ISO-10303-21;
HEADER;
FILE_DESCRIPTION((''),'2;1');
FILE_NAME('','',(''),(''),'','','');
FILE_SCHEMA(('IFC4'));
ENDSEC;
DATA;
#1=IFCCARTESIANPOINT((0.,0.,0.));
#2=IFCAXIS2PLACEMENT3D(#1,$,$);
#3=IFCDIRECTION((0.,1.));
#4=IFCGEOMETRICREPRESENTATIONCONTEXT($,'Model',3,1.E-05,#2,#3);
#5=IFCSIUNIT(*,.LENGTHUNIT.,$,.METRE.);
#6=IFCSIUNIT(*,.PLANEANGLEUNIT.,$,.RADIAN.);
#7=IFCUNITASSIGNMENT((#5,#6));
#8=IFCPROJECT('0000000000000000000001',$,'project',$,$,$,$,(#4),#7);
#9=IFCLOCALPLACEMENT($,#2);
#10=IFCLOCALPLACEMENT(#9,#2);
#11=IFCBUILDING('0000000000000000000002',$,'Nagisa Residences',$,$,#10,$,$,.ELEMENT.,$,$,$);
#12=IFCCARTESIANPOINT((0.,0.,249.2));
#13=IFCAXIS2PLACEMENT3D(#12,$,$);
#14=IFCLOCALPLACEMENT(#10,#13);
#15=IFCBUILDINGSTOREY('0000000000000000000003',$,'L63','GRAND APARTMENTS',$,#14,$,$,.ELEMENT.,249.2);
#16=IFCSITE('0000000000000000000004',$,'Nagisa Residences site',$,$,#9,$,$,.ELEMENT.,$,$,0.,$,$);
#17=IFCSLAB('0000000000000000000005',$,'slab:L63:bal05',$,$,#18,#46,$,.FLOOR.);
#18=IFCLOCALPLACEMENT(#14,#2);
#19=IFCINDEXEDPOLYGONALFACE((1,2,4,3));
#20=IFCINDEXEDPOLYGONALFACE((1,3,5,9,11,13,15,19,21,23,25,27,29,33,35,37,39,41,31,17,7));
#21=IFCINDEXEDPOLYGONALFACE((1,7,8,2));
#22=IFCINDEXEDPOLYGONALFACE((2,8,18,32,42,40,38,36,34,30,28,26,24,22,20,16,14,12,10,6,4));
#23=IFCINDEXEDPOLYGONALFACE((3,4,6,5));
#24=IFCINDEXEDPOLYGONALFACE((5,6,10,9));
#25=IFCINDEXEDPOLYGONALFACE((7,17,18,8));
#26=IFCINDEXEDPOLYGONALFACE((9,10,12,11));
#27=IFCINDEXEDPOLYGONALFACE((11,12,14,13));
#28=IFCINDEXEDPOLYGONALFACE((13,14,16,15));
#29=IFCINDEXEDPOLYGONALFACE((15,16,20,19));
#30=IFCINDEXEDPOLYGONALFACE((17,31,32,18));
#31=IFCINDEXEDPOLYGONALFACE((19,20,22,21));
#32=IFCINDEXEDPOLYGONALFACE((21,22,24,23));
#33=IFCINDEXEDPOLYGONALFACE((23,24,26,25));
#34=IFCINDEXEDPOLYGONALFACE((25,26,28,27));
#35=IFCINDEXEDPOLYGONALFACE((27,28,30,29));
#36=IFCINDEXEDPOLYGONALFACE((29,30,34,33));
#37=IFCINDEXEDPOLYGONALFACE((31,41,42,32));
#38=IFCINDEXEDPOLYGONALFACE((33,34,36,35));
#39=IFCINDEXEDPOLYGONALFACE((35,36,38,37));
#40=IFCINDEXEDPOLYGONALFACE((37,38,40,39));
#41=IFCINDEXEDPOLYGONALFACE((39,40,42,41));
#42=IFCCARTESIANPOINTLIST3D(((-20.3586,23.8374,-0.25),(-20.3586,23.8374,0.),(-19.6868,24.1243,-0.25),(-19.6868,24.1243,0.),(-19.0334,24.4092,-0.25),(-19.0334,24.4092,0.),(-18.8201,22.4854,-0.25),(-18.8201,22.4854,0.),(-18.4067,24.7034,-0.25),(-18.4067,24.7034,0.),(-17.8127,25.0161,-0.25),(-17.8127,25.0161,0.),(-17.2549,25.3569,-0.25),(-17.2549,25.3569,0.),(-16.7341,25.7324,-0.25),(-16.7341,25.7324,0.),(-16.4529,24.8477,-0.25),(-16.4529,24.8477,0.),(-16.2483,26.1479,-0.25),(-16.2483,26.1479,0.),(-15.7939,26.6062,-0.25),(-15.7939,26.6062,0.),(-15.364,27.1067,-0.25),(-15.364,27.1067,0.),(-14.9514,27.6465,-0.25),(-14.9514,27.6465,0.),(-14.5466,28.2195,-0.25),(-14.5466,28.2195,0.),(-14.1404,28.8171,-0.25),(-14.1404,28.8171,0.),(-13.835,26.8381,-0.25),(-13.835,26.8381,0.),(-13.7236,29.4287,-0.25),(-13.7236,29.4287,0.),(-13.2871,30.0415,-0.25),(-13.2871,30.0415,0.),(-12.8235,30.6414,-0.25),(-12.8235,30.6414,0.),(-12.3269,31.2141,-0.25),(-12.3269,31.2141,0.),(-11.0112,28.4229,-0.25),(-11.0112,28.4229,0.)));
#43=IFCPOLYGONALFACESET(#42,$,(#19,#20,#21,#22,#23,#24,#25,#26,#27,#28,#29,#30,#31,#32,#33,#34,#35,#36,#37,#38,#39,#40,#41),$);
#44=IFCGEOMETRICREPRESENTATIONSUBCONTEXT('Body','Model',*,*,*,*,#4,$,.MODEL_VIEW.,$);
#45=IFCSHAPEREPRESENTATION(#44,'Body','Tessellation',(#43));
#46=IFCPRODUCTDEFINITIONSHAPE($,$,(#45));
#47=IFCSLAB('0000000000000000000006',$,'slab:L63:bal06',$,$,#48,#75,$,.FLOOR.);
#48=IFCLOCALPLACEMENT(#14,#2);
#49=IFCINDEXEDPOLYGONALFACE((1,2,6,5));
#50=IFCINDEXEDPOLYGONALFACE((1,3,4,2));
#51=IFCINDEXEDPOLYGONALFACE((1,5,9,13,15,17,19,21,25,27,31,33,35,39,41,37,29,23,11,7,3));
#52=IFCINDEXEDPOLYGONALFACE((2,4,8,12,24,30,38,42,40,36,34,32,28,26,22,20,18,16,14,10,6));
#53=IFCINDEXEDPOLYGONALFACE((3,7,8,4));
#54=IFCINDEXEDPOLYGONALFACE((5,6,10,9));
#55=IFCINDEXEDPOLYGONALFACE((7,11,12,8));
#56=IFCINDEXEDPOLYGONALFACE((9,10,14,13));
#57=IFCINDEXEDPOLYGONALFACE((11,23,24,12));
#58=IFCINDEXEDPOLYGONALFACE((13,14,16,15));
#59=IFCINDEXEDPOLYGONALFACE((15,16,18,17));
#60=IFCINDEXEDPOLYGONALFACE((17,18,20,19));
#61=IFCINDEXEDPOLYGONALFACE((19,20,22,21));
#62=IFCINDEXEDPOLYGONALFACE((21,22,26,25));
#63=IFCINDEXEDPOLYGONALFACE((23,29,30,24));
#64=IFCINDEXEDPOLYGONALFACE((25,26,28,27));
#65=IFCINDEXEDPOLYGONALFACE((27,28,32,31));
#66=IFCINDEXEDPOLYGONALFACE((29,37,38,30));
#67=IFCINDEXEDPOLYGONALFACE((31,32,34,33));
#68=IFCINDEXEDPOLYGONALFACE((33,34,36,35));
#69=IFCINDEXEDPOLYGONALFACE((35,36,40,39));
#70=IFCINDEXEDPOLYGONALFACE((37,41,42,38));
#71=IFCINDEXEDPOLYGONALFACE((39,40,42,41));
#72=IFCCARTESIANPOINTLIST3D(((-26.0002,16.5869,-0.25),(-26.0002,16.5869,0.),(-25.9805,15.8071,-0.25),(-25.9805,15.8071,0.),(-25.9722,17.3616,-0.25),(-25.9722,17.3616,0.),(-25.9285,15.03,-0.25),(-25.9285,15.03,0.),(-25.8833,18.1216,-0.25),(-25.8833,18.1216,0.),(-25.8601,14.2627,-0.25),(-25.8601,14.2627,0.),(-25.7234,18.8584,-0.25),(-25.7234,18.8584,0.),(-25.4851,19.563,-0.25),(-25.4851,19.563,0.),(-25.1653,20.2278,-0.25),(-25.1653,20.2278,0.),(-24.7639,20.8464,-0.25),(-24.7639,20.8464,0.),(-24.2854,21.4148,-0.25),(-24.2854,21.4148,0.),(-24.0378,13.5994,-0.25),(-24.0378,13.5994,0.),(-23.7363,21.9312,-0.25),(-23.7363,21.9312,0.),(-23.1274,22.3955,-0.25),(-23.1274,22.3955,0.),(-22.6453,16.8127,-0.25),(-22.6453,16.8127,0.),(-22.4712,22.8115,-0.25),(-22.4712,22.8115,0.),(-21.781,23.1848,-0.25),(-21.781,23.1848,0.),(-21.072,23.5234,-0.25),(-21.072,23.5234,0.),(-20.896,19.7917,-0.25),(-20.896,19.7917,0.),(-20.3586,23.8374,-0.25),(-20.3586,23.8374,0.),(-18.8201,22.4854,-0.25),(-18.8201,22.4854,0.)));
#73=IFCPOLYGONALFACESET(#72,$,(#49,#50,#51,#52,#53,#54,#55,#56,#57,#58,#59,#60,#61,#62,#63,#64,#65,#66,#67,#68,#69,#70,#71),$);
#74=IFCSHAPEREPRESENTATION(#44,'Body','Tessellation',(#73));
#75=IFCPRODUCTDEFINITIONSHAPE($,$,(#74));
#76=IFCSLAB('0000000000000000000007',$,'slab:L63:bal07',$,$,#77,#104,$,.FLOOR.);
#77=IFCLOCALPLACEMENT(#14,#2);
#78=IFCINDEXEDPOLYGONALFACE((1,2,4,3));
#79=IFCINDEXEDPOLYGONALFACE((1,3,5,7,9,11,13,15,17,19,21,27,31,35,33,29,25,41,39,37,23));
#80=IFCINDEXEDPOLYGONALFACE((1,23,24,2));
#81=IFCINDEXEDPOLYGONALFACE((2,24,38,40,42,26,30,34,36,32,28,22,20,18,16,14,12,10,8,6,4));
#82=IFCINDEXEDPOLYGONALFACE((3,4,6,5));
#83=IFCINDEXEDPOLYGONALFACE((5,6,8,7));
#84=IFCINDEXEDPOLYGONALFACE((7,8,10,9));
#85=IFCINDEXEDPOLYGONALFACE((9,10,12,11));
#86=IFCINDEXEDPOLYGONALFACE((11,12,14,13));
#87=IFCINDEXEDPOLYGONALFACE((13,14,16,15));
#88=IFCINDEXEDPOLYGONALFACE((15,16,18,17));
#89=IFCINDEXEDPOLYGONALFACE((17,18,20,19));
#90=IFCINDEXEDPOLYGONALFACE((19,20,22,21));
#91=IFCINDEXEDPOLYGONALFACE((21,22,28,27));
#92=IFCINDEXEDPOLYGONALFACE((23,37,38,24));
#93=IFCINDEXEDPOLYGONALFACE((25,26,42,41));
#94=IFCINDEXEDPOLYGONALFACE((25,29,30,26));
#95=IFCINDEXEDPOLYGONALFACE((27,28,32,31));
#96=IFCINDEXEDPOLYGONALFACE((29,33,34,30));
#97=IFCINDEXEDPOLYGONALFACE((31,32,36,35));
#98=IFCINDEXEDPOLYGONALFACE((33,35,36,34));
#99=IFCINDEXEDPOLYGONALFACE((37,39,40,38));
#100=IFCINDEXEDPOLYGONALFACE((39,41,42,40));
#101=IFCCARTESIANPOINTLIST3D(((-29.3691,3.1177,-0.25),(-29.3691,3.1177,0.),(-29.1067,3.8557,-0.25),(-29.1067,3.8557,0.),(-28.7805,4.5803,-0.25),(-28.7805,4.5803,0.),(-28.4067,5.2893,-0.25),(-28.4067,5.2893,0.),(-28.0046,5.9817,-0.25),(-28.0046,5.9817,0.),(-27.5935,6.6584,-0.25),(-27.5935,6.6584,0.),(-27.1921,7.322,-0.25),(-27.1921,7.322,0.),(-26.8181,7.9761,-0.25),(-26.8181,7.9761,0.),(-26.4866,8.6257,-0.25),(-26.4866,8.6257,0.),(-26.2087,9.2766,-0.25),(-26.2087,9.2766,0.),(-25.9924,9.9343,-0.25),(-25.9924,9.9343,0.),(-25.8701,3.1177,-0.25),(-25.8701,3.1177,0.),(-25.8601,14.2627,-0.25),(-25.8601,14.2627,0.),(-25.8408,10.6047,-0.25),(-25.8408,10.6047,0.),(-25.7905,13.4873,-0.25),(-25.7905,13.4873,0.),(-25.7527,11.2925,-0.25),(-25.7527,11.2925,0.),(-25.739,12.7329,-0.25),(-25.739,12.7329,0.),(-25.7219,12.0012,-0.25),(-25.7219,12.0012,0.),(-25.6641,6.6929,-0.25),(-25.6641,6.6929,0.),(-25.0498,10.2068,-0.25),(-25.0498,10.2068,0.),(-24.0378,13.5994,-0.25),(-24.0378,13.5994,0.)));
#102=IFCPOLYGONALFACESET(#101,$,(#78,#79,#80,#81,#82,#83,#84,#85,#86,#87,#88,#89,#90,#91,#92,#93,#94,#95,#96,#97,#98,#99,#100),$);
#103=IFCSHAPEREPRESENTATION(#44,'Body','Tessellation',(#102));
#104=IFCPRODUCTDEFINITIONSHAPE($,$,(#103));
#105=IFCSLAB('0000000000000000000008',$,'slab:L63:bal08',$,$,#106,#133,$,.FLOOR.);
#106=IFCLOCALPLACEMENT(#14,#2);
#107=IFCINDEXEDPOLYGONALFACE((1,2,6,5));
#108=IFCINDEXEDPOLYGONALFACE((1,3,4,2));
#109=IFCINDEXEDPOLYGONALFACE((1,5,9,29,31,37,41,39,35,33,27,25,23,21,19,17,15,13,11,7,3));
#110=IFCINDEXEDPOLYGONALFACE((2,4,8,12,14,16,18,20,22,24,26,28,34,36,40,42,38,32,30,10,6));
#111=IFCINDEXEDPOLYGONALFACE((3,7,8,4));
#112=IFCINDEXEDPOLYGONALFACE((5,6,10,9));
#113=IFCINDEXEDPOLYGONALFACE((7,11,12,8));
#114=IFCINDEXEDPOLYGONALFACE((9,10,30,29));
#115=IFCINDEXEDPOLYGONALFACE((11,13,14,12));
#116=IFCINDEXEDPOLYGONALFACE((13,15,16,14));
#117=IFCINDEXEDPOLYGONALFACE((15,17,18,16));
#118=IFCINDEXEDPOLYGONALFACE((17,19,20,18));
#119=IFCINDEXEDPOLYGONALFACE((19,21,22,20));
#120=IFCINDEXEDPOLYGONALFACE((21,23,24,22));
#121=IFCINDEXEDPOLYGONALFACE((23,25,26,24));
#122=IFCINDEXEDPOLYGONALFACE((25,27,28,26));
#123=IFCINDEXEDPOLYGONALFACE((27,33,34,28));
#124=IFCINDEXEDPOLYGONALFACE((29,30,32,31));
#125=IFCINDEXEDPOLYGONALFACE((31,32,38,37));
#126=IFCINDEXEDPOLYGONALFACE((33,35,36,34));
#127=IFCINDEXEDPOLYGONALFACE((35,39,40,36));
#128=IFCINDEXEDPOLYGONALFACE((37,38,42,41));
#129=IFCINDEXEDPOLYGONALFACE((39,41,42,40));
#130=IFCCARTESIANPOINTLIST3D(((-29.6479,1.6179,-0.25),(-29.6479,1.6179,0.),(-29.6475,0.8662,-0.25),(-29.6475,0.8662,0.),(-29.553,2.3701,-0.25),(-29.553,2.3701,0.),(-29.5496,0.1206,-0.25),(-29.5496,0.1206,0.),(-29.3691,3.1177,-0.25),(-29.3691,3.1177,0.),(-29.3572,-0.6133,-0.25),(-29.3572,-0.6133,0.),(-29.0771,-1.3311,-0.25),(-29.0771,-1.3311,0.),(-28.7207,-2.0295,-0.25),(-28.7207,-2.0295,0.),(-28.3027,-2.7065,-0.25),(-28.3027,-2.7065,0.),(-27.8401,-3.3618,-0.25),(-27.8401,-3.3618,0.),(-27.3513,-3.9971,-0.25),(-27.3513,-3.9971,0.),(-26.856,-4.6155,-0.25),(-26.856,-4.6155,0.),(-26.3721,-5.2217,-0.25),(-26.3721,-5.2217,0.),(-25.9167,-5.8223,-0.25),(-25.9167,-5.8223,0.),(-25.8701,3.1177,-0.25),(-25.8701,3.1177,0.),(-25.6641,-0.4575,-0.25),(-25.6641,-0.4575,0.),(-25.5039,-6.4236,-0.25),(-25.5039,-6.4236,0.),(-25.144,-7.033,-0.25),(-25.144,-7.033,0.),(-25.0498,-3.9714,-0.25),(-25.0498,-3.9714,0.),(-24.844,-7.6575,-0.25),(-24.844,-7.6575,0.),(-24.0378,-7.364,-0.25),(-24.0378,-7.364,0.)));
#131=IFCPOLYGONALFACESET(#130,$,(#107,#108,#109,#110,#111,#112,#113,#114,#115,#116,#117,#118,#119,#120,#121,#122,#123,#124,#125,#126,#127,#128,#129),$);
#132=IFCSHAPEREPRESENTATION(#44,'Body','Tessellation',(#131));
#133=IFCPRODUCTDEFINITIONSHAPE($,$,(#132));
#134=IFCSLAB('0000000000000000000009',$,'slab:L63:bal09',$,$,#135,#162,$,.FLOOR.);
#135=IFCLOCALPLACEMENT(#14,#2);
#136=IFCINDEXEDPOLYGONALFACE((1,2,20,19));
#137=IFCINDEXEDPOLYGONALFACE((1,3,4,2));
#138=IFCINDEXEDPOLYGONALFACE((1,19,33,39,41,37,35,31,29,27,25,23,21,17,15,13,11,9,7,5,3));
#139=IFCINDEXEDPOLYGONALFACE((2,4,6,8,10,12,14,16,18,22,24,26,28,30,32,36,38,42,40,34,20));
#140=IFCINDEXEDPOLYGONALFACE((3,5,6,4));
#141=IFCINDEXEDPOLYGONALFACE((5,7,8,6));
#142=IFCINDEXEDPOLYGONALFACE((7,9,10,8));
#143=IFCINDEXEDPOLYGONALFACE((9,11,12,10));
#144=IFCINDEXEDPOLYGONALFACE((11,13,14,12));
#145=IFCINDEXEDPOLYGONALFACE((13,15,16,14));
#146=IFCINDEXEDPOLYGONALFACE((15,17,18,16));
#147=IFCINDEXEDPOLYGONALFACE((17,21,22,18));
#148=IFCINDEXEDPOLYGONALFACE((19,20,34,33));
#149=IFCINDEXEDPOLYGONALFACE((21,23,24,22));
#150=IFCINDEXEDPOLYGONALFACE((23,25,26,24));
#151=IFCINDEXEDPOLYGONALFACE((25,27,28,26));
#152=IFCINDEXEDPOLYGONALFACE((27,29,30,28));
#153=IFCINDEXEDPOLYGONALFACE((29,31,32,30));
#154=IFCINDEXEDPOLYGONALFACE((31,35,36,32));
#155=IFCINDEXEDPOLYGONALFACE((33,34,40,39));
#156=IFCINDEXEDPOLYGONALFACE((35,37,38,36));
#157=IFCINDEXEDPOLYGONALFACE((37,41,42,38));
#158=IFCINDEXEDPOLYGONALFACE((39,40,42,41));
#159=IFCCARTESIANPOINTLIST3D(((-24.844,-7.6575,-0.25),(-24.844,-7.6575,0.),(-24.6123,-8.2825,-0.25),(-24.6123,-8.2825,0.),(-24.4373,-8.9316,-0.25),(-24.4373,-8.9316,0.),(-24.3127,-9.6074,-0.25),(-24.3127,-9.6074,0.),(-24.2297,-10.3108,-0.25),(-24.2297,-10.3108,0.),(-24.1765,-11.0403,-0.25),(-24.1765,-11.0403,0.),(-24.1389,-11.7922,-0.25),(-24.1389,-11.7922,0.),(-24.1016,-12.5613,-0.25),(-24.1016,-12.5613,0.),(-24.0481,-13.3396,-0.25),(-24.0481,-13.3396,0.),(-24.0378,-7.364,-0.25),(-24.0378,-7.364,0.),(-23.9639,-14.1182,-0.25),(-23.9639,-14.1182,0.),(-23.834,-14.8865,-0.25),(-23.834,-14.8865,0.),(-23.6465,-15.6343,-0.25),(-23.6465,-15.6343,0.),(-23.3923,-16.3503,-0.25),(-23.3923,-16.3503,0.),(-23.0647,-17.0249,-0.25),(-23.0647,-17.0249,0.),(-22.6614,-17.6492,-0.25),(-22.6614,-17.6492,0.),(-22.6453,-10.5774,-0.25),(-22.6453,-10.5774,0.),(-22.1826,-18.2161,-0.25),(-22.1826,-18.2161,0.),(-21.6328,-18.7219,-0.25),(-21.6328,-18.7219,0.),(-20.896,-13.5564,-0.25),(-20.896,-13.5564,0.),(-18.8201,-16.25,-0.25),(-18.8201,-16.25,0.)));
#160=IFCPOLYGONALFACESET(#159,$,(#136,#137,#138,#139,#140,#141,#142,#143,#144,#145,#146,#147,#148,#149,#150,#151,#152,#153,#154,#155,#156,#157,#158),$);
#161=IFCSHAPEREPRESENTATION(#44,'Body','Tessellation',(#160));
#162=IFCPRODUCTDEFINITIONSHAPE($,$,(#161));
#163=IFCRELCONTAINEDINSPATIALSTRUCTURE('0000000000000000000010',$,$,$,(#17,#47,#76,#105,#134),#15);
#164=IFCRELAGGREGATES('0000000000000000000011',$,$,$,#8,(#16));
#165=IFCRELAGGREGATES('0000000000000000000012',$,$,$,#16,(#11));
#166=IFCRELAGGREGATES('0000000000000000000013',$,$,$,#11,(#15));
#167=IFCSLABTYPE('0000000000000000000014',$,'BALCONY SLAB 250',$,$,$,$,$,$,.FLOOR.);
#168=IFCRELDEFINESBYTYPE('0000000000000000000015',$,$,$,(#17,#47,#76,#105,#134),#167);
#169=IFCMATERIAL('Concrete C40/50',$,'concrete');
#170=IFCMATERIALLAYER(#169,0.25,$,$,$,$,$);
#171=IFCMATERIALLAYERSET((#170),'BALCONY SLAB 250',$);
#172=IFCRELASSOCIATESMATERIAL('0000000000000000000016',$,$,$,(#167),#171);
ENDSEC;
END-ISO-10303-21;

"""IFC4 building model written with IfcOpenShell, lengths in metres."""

from ifc_helpers import new_model, si_unit, direction, frame, origin, place, context, subcontext, project, spatial, polyline, outline, extrude, material, layer, layer_set, type_object, element, save


model = new_model("IFC4")

# Units and contexts
model_context = context("Model", 3, precision=1e-05, world=origin(), true_north=direction((0.0, 1.0)))
body_context = subcontext(model_context, "Body", "Model", "MODEL_VIEW")
ifc_project = project(units=[si_unit("LENGTHUNIT", "METRE"), si_unit("PLANEANGLEUNIT", "RADIAN")], contexts=[model_context])

# Site, building, storey
site_placement = place(None, origin())
site = spatial("IfcSite", under=ifc_project, at=site_placement, Name="Nagisa Residences site", CompositionType="ELEMENT", RefElevation=0.0)
building_placement = place(site_placement, origin())
building = spatial("IfcBuilding", under=site, at=building_placement, Name="Nagisa Residences", CompositionType="ELEMENT")
storey_placement = place(building_placement, frame((0.0, 0.0, 249.2)))
storey = spatial("IfcBuildingStorey", under=building, at=storey_placement, Name="L63", Description="GRAND APARTMENTS", CompositionType="ELEMENT", Elevation=249.2)

# Slabs
ifc_material = material(Name="Concrete C40/50", Category="concrete")
ifc_layer = layer(ifc_material, 0.25)
ifc_layer_set = layer_set([ifc_layer], Name="BALCONY SLAB 250")
slab_type = type_object("IfcSlabType", Name="BALCONY SLAB 250", PredefinedType="FLOOR", material=ifc_layer_set)
slab_1_placement = place(storey_placement, frame((0.0, 0.0, -0.25)))
element("IfcSlab", 1, at=slab_1_placement, inside=storey, type_object=slab_type, Name="slab:L63:bal05", PredefinedType="FLOOR", context=body_context, shape_type="SweptSolid", body=[
    extrude(outline(polyline([(-12.3269, 31.2141), (-12.8235, 30.6414), (-13.2871, 30.0415), (-13.7236, 29.4287), (-14.1404, 28.8171), (-14.5466, 28.2195), (-14.9514, 27.6465), (-15.364, 27.1067), (-15.7939, 26.6062), (-16.2483, 26.1479), (-16.7341, 25.7324), (-17.2549, 25.3569), (-17.8127, 25.0161), (-18.4067, 24.7034), (-19.0334, 24.4092), (-19.6868, 24.1243), (-20.3586, 23.8374), (-18.8201, 22.4854), (-16.4529, 24.8477), (-13.835, 26.8381), (-11.0112, 28.4229), (-12.3269, 31.2141)])), origin(), (0.0, 0.0, 1.0), 0.25),
])
slab_2_placement = place(storey_placement, frame((0.0, 0.0, -0.25)))
element("IfcSlab", 2, at=slab_2_placement, inside=storey, type_object=slab_type, Name="slab:L63:bal06", PredefinedType="FLOOR", context=body_context, shape_type="SweptSolid", body=[
    extrude(outline(polyline([(-20.3586, 23.8374), (-21.072, 23.5234), (-21.781, 23.1848), (-22.4712, 22.8115), (-23.1274, 22.3955), (-23.7363, 21.9312), (-24.2854, 21.4148), (-24.7639, 20.8464), (-25.1653, 20.2278), (-25.4851, 19.563), (-25.7234, 18.8584), (-25.8833, 18.1216), (-25.9722, 17.3616), (-26.0002, 16.5869), (-25.9805, 15.8071), (-25.9285, 15.03), (-25.8601, 14.2627), (-24.0378, 13.5994), (-22.6453, 16.8127), (-20.896, 19.7917), (-18.8201, 22.4854), (-20.3586, 23.8374)])), origin(), (0.0, 0.0, 1.0), 0.25),
])
slab_3_placement = place(storey_placement, frame((0.0, 0.0, -0.25)))
element("IfcSlab", 3, at=slab_3_placement, inside=storey, type_object=slab_type, Name="slab:L63:bal07", PredefinedType="FLOOR", context=body_context, shape_type="SweptSolid", body=[
    extrude(outline(polyline([(-25.8601, 14.2627), (-25.7905, 13.4873), (-25.739, 12.7329), (-25.7219, 12.0012), (-25.7527, 11.2925), (-25.8408, 10.6047), (-25.9924, 9.9343), (-26.2087, 9.2766), (-26.4866, 8.6257), (-26.8181, 7.9761), (-27.1921, 7.322), (-27.5935, 6.6584), (-28.0046, 5.9817), (-28.4067, 5.2893), (-28.7805, 4.5803), (-29.1067, 3.8557), (-29.3691, 3.1177), (-25.8701, 3.1177), (-25.6641, 6.6929), (-25.0498, 10.2068), (-24.0378, 13.5994), (-25.8601, 14.2627)])), origin(), (0.0, 0.0, 1.0), 0.25),
])
slab_4_placement = place(storey_placement, frame((0.0, 0.0, -0.25)))
element("IfcSlab", 4, at=slab_4_placement, inside=storey, type_object=slab_type, Name="slab:L63:bal08", PredefinedType="FLOOR", context=body_context, shape_type="SweptSolid", body=[
    extrude(outline(polyline([(-29.3691, 3.1177), (-29.553, 2.3701), (-29.6479, 1.6179), (-29.6475, 0.8662), (-29.5496, 0.1206), (-29.3572, -0.6133), (-29.0771, -1.3311), (-28.7207, -2.0295), (-28.3027, -2.7065), (-27.8401, -3.3618), (-27.3513, -3.9971), (-26.856, -4.6155), (-26.3721, -5.2217), (-25.9167, -5.8223), (-25.5039, -6.4236), (-25.144, -7.033), (-24.844, -7.6575), (-24.0378, -7.364), (-25.0498, -3.9714), (-25.6641, -0.4575), (-25.8701, 3.1177), (-29.3691, 3.1177)])), origin(), (0.0, 0.0, 1.0), 0.25),
])
slab_5_placement = place(storey_placement, frame((0.0, 0.0, -0.25)))
element("IfcSlab", 5, at=slab_5_placement, inside=storey, type_object=slab_type, Name="slab:L63:bal09", PredefinedType="FLOOR", context=body_context, shape_type="SweptSolid", body=[
    extrude(outline(polyline([(-24.844, -7.6575), (-24.6123, -8.2825), (-24.4373, -8.9316), (-24.3127, -9.6074), (-24.2297, -10.3108), (-24.1765, -11.0403), (-24.1389, -11.7922), (-24.1016, -12.5613), (-24.0481, -13.3396), (-23.9639, -14.1182), (-23.834, -14.8865), (-23.6465, -15.6343), (-23.3923, -16.3503), (-23.0647, -17.0249), (-22.6614, -17.6492), (-22.1826, -18.2161), (-21.6328, -18.7219), (-18.8201, -16.25), (-20.896, -13.5564), (-22.6453, -10.5774), (-24.0378, -7.364), (-24.844, -7.6575)])), origin(), (0.0, 0.0, 1.0), 0.25),
])

save(model, "model.ifc")
